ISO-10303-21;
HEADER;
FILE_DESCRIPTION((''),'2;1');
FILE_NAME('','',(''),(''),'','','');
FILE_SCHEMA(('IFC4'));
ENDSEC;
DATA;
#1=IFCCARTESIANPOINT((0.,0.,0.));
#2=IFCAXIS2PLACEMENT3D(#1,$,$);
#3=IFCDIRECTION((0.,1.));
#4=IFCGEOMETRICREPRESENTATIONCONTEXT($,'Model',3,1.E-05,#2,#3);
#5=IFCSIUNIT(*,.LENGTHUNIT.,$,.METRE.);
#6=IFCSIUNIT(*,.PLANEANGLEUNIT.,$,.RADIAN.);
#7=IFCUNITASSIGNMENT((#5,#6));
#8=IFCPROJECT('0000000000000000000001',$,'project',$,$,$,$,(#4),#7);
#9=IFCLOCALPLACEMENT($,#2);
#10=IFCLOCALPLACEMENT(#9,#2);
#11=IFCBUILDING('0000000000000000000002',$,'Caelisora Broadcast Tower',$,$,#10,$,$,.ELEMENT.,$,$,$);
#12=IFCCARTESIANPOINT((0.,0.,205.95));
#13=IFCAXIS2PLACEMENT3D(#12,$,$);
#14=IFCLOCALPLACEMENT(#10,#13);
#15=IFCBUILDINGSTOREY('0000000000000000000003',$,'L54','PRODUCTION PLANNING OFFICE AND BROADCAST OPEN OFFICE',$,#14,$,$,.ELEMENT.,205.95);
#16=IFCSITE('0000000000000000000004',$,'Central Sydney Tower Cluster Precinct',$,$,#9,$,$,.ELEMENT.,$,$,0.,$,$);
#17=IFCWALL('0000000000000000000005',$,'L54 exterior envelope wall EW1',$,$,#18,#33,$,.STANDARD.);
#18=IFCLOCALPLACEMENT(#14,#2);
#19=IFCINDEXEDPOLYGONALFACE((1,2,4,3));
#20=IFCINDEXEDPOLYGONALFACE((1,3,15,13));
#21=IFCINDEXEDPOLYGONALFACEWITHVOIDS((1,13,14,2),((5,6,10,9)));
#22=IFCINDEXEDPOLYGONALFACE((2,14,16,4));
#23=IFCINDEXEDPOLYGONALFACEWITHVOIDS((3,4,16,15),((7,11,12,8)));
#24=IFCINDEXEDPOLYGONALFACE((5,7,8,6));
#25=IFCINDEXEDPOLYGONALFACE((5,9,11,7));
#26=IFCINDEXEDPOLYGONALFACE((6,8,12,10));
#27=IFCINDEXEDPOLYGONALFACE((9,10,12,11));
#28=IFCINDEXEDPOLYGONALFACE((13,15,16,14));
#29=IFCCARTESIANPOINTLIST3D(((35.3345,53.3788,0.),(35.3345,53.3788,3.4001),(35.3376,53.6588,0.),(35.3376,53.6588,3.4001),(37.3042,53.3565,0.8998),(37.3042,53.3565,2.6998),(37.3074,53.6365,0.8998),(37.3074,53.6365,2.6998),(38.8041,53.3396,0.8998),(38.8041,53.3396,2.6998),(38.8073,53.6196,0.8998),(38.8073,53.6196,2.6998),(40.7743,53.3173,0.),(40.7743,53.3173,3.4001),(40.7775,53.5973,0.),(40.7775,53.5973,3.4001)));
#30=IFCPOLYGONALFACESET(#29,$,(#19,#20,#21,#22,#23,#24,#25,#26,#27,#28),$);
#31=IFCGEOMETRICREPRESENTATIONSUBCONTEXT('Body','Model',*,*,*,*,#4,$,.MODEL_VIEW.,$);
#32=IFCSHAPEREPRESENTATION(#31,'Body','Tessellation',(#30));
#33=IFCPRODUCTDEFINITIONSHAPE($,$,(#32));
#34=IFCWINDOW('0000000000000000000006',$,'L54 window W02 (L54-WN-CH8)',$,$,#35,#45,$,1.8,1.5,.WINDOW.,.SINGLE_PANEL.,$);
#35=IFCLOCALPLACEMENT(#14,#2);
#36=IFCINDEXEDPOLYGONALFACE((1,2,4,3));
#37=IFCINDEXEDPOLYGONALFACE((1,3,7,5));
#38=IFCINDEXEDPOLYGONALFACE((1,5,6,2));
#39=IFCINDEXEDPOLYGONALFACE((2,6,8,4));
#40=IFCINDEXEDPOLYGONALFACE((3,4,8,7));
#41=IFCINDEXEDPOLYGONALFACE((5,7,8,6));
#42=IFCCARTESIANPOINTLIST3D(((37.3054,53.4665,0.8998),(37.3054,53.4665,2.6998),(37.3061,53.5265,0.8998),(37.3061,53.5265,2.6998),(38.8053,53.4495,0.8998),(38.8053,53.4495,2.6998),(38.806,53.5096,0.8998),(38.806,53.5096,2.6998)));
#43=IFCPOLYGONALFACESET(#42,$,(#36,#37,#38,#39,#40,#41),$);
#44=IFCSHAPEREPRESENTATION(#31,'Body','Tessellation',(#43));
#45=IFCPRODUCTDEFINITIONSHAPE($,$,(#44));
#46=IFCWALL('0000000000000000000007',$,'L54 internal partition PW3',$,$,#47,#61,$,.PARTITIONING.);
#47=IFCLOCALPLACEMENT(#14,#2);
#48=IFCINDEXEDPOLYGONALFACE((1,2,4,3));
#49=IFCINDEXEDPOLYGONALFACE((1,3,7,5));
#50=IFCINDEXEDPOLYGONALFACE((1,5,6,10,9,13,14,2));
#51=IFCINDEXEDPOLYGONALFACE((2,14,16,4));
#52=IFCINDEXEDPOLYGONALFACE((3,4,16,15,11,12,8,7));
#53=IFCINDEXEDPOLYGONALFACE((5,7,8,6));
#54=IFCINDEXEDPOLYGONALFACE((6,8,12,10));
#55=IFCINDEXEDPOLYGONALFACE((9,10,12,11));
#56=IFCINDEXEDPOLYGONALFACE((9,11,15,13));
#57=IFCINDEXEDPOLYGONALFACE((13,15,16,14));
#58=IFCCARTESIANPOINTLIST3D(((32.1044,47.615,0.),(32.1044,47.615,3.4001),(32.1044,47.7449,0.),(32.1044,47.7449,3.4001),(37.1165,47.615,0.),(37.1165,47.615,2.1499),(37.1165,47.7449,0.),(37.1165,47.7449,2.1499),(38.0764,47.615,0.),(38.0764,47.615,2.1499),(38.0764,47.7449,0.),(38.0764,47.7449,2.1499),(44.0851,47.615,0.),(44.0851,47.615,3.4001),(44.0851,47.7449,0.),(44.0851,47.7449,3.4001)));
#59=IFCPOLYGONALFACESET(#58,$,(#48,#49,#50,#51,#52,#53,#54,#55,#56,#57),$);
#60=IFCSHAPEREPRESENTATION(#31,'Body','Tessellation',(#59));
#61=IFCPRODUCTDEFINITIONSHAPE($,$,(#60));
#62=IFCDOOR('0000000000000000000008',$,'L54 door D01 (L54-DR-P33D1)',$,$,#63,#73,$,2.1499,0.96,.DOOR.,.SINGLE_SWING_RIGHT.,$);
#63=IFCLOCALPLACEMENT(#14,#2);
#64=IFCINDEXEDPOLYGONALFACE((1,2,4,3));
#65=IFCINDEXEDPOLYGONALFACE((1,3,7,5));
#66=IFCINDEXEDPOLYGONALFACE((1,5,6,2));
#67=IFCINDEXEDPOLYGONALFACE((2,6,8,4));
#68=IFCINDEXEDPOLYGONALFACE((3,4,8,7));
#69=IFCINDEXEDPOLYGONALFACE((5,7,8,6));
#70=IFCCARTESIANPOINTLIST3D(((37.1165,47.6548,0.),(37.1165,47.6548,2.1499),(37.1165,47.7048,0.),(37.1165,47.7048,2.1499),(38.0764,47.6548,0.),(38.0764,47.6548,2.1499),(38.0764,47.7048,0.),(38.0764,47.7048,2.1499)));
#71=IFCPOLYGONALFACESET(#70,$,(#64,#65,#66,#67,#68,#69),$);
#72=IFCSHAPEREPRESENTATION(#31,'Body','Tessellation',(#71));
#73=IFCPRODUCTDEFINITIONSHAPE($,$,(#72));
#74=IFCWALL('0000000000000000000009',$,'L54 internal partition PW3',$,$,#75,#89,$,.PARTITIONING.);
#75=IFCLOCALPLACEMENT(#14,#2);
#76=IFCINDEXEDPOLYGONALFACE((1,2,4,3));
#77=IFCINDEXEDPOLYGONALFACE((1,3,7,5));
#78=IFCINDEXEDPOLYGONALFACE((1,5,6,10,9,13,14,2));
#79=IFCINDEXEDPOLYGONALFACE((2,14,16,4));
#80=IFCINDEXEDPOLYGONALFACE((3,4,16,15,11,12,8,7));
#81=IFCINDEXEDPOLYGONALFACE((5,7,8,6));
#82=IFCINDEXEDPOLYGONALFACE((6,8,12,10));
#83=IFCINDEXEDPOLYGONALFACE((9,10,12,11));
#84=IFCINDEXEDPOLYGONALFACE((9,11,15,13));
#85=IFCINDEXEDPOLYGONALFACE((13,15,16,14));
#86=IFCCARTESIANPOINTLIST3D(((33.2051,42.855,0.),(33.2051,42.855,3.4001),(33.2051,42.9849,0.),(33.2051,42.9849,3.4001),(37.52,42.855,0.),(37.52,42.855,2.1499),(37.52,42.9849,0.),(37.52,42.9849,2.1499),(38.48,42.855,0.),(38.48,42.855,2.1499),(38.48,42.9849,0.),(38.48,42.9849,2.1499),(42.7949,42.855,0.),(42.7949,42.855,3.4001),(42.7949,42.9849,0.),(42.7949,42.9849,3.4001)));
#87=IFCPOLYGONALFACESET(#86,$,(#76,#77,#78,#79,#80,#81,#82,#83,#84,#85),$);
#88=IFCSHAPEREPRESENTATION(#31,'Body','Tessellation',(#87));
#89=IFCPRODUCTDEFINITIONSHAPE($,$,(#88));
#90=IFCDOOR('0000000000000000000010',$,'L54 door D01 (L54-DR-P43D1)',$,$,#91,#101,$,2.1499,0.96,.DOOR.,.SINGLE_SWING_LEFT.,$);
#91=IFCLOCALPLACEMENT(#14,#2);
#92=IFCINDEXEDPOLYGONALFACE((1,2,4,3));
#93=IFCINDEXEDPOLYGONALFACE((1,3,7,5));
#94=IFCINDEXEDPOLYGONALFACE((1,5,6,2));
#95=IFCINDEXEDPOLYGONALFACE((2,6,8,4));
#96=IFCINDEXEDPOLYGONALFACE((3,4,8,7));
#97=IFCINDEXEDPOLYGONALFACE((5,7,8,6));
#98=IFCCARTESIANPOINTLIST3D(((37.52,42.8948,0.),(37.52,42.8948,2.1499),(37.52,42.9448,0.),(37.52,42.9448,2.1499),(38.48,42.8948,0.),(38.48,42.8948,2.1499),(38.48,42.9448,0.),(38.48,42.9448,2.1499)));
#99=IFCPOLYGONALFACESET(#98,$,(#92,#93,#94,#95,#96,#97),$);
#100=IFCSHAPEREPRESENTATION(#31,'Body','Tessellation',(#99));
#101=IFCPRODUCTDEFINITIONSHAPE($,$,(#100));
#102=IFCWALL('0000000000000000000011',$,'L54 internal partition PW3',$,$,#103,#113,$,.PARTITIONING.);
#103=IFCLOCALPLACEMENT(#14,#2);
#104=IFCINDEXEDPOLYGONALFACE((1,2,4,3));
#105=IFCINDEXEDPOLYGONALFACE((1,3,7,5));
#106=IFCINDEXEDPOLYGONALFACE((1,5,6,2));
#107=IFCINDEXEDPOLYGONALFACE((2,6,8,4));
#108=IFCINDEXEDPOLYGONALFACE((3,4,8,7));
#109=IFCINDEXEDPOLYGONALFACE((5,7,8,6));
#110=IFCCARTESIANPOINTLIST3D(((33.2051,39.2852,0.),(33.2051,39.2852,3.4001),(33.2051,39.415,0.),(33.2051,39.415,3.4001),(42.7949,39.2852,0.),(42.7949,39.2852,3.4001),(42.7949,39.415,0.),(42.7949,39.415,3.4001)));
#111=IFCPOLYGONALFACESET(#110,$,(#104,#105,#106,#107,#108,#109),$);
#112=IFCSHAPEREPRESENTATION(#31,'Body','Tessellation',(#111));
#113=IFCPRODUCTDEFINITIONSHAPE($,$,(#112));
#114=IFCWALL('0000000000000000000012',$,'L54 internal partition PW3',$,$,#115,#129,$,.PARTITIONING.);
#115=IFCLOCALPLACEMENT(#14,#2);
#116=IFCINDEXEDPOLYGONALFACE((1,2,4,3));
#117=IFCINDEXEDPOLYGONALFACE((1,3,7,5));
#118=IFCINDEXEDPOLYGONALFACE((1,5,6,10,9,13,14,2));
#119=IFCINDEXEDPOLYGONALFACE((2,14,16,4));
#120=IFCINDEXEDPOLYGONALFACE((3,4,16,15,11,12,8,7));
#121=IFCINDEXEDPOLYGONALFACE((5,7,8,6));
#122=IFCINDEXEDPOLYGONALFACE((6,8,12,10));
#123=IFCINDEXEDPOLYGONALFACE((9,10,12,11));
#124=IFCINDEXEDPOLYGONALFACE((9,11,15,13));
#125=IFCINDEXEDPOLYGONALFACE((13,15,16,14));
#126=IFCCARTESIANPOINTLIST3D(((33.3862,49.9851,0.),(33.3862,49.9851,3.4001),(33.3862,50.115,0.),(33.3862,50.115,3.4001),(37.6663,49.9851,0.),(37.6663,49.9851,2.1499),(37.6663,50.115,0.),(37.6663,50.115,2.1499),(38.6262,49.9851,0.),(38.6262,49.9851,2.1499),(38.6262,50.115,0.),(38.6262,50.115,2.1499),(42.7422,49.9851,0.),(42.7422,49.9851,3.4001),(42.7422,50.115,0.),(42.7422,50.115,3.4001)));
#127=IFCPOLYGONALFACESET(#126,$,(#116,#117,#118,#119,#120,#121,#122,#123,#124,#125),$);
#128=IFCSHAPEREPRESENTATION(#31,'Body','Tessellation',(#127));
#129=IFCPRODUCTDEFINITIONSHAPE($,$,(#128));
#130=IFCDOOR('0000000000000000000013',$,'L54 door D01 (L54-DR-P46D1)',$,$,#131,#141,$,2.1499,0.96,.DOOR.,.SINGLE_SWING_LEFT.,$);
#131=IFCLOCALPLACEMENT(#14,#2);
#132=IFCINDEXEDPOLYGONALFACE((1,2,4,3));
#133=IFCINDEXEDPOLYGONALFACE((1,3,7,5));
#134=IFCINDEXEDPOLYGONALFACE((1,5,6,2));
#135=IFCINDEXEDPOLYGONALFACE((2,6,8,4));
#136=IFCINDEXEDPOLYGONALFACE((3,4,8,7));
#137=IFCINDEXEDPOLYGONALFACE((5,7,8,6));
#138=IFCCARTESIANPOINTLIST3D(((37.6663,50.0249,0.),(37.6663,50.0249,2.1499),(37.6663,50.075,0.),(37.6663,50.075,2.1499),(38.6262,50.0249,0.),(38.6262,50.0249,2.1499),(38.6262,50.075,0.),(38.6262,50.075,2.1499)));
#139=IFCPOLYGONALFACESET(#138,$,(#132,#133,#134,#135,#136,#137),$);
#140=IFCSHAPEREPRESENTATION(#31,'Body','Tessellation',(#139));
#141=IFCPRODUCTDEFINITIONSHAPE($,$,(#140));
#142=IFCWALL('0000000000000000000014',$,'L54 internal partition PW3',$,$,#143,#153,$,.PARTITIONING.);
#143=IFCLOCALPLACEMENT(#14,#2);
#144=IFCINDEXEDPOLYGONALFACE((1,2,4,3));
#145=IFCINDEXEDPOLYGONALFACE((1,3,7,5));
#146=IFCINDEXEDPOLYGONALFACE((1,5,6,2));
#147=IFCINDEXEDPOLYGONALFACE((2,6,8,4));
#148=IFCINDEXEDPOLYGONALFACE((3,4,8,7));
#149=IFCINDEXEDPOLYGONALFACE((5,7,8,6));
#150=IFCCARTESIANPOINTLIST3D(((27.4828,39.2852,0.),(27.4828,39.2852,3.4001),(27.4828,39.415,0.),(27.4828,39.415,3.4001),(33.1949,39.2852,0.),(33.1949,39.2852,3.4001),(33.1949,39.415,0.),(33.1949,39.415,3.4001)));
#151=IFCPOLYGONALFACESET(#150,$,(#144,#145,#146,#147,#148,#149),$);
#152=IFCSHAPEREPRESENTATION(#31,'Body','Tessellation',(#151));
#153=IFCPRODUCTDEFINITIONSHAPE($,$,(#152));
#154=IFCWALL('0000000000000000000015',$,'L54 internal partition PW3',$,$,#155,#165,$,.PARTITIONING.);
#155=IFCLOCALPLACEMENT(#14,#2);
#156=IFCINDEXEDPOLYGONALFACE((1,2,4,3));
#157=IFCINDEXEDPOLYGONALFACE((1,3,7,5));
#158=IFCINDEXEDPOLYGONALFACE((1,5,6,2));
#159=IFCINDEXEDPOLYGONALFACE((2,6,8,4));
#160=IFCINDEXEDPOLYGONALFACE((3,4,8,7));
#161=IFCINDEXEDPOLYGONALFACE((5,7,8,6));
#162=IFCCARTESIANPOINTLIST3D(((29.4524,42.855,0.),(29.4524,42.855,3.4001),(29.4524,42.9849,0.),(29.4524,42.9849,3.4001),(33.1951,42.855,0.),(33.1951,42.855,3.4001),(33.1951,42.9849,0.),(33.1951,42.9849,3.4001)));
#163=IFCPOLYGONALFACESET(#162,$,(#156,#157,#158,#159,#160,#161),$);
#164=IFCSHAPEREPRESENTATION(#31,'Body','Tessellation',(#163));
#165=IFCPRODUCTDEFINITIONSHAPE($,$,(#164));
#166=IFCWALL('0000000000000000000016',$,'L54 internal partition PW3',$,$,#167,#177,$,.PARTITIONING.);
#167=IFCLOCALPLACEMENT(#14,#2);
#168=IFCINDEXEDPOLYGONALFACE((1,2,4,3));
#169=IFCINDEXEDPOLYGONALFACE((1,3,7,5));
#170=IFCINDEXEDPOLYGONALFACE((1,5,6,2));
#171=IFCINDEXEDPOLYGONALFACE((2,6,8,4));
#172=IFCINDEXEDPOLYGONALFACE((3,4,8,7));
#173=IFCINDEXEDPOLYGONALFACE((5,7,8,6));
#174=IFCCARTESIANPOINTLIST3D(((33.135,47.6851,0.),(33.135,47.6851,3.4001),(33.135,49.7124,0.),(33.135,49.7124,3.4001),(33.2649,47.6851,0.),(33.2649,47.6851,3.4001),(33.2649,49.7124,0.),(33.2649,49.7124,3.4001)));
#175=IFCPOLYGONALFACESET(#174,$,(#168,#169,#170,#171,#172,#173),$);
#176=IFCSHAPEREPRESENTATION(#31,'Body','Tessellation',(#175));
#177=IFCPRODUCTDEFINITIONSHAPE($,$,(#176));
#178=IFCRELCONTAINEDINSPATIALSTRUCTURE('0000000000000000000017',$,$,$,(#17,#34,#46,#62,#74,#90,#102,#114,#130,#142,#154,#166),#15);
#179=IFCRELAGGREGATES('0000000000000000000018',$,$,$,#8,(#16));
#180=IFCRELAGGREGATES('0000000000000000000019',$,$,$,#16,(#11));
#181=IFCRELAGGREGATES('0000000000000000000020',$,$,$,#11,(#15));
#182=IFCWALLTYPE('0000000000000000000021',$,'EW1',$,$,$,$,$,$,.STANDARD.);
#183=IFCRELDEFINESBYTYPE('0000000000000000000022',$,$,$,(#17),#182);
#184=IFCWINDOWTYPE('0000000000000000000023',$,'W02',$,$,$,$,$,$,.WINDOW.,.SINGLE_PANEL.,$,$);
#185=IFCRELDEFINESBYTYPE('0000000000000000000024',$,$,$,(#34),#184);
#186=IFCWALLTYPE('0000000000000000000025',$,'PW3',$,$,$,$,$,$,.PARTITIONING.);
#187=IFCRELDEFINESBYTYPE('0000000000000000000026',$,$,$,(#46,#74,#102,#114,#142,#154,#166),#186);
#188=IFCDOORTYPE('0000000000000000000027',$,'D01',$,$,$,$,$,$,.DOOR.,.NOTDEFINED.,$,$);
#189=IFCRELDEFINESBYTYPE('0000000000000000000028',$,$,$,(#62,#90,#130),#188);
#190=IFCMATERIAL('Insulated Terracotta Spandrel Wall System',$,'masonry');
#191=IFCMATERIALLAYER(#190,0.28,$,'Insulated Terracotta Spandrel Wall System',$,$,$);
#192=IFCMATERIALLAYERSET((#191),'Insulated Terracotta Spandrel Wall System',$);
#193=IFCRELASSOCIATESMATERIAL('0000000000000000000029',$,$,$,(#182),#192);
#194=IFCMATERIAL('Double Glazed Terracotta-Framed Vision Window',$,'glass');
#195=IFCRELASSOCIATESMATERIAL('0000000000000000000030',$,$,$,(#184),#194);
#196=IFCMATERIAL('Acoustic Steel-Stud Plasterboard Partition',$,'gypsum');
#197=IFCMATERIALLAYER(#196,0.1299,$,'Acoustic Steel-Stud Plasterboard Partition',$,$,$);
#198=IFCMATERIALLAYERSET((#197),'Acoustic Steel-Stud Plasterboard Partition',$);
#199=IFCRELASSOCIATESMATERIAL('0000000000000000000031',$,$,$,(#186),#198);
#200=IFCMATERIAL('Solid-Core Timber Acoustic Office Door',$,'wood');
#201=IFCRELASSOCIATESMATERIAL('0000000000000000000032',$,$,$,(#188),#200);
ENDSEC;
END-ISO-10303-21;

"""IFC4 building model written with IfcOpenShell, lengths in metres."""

from ifc_helpers import new_model, si_unit, direction, frame, frame_2d, origin, place, context, subcontext, project, spatial, rectangle, extrude, material, layer, layer_set, type_object, element, fill, save


model = new_model("IFC4")

# Units and contexts
model_context = context("Model", 3, precision=1e-05, world=origin(), true_north=direction((0.0, 1.0)))
body_context = subcontext(model_context, "Body", "Model", "MODEL_VIEW")
ifc_project = project(units=[si_unit("LENGTHUNIT", "METRE"), si_unit("PLANEANGLEUNIT", "RADIAN")], contexts=[model_context])

# Site, building, storey
site_placement = place(None, origin())
site = spatial("IfcSite", under=ifc_project, at=site_placement, Name="Central Sydney Tower Cluster Precinct", CompositionType="ELEMENT", RefElevation=0.0)
building_placement = place(site_placement, origin())
building = spatial("IfcBuilding", under=site, at=building_placement, Name="Caelisora Broadcast Tower", CompositionType="ELEMENT")
storey_placement = place(building_placement, frame((0.0, 0.0, 205.95)))
storey = spatial("IfcBuildingStorey", under=building, at=storey_placement, Name="L54", Description="PRODUCTION PLANNING OFFICE AND BROADCAST OPEN OFFICE", CompositionType="ELEMENT", Elevation=205.95)

# Wall, opening, window
ifc_material_1 = material(Name="Insulated Terracotta Spandrel Wall System", Category="masonry")
ifc_layer_1 = layer(ifc_material_1, 0.28, Name="Insulated Terracotta Spandrel Wall System")
ifc_layer_set_1 = layer_set([ifc_layer_1], Name="Insulated Terracotta Spandrel Wall System")
wall_type_1 = type_object("IfcWallType", Name="EW1", PredefinedType="STANDARD", material=ifc_layer_set_1)
wall_1_placement = place(storey_placement, frame((35.3359, 53.5188, 0.0), z_axis=(0.0, 0.0, 1.0), x_axis=(0.999936, -0.011309, 0.0)))
wall_1 = element("IfcWall", 1, at=wall_1_placement, inside=storey, type_object=wall_type_1, Name="L54 exterior envelope wall EW1", PredefinedType="STANDARD", context=body_context, shape_type="SweptSolid", body=[
    extrude(rectangle(XDim=5.4402, YDim=0.28, at=frame_2d((2.7202, 0.0))), origin(), (0.0, 0.0, 1.0), 3.4001),
])
opening_1_placement = place(wall_1_placement, frame((1.97, 0.0, 0.8999)))
opening_1 = element("IfcOpeningElement", 2, at=opening_1_placement, cuts=wall_1, PredefinedType="OPENING", context=body_context, shape_type="SweptSolid", body=[
    extrude(rectangle(XDim=1.5, YDim=1.8, at=frame_2d((0.75, 0.8999))), frame((0.0, 0.1521, 0.0), z_axis=(0.0, -1.0, 0.0), x_axis=(1.0, 0.0, 0.0)), (0.0, 0.0, 1.0), 0.304),
])
ifc_material_2 = material(Name="Double Glazed Terracotta-Framed Vision Window", Category="glass")
window_type = type_object("IfcWindowType", Name="W02", PartitioningType="SINGLE_PANEL", PredefinedType="WINDOW", material=ifc_material_2)
window_placement = place(opening_1_placement, origin())
window = element("IfcWindow", 3, at=window_placement, inside=storey, type_object=window_type, Name="L54 window W02 (L54-WN-CH8)", OverallHeight=1.8, OverallWidth=1.5, PartitioningType="SINGLE_PANEL", PredefinedType="WINDOW", context=body_context, shape_type="SweptSolid", body=[
    extrude(rectangle(XDim=1.5, YDim=1.8, at=frame_2d((0.75, 0.8999))), frame((0.0, 0.03, 0.0), z_axis=(0.0, -1.0, 0.0), x_axis=(1.0, 0.0, 0.0)), (0.0, 0.0, 1.0), 0.0601),
])
fill(opening_1, window)

# Walls, openings, doors
ifc_material_3 = material(Name="Acoustic Steel-Stud Plasterboard Partition", Category="gypsum")
ifc_layer_2 = layer(ifc_material_3, 0.1299, Name="Acoustic Steel-Stud Plasterboard Partition")
ifc_layer_set_2 = layer_set([ifc_layer_2], Name="Acoustic Steel-Stud Plasterboard Partition")
wall_type_2 = type_object("IfcWallType", Name="PW3", PredefinedType="PARTITIONING", material=ifc_layer_set_2)
wall_2_placement = place(storey_placement, frame((32.1045, 47.6799, 0.0), z_axis=(0.0, 0.0, 1.0), x_axis=(1.0, 0.0, 0.0)))
wall_2 = element("IfcWall", 4, at=wall_2_placement, inside=storey, type_object=wall_type_2, Name="L54 internal partition PW3", PredefinedType="PARTITIONING", context=body_context, shape_type="SweptSolid", body=[
    extrude(rectangle(XDim=11.9807, YDim=0.1299, at=frame_2d((5.9902, 0.0))), origin(), (0.0, 0.0, 1.0), 3.4001),
])
opening_2_placement = place(wall_2_placement, frame((5.012, 0.0, 0.0)))
opening_2 = element("IfcOpeningElement", 5, at=opening_2_placement, cuts=wall_2, PredefinedType="OPENING", context=body_context, shape_type="SweptSolid", body=[
    extrude(rectangle(XDim=0.96, YDim=2.1499, at=frame_2d((0.48, 1.075))), frame((0.0, 0.0769, 0.0), z_axis=(0.0, -1.0, 0.0), x_axis=(1.0, 0.0, 0.0)), (0.0, 0.0, 1.0), 0.1538),
])
ifc_material_4 = material(Name="Solid-Core Timber Acoustic Office Door", Category="wood")
door_type = type_object("IfcDoorType", Name="D01", OperationType="NOTDEFINED", PredefinedType="DOOR", material=ifc_material_4)
door_1_placement = place(opening_2_placement, origin())
door_1 = element("IfcDoor", 6, at=door_1_placement, inside=storey, type_object=door_type, Name="L54 door D01 (L54-DR-P33D1)", OperationType="SINGLE_SWING_RIGHT", OverallHeight=2.1499, OverallWidth=0.96, PredefinedType="DOOR", context=body_context, shape_type="SweptSolid", body=[
    extrude(rectangle(XDim=0.96, YDim=2.1499, at=frame_2d((0.48, 1.075))), frame((0.0, 0.0249, 0.0), z_axis=(0.0, -1.0, 0.0), x_axis=(1.0, 0.0, 0.0)), (0.0, 0.0, 1.0), 0.05),
])
fill(opening_2, door_1)
wall_3_placement = place(storey_placement, frame((33.2051, 42.9199, 0.0), z_axis=(0.0, 0.0, 1.0), x_axis=(1.0, 0.0, 0.0)))
wall_3 = element("IfcWall", 7, at=wall_3_placement, inside=storey, type_object=wall_type_2, Name="L54 internal partition PW3", PredefinedType="PARTITIONING", context=body_context, shape_type="SweptSolid", body=[
    extrude(rectangle(XDim=9.5898, YDim=0.1299, at=frame_2d((4.7949, 0.0))), origin(), (0.0, 0.0, 1.0), 3.4001),
])
opening_3_placement = place(wall_3_placement, frame((4.3149, 0.0, 0.0)))
opening_3 = element("IfcOpeningElement", 8, at=opening_3_placement, cuts=wall_3, PredefinedType="OPENING", context=body_context, shape_type="SweptSolid", body=[
    extrude(rectangle(XDim=0.96, YDim=2.1499, at=frame_2d((0.48, 1.075))), frame((0.0, 0.0769, 0.0), z_axis=(0.0, -1.0, 0.0), x_axis=(1.0, 0.0, 0.0)), (0.0, 0.0, 1.0), 0.1538),
])
door_2_placement = place(opening_3_placement, origin())
door_2 = element("IfcDoor", 9, at=door_2_placement, inside=storey, type_object=door_type, Name="L54 door D01 (L54-DR-P43D1)", OperationType="SINGLE_SWING_LEFT", OverallHeight=2.1499, OverallWidth=0.96, PredefinedType="DOOR", context=body_context, shape_type="SweptSolid", body=[
    extrude(rectangle(XDim=0.96, YDim=2.1499, at=frame_2d((0.48, 1.075))), frame((0.0, 0.0249, 0.0), z_axis=(0.0, -1.0, 0.0), x_axis=(1.0, 0.0, 0.0)), (0.0, 0.0, 1.0), 0.05),
])
fill(opening_3, door_2)

# Wall
wall_4_placement = place(storey_placement, frame((33.2051, 39.3501, 0.0), z_axis=(0.0, 0.0, 1.0), x_axis=(1.0, 0.0, 0.0)))
element("IfcWall", 10, at=wall_4_placement, inside=storey, type_object=wall_type_2, Name="L54 internal partition PW3", PredefinedType="PARTITIONING", context=body_context, shape_type="SweptSolid", body=[
    extrude(rectangle(XDim=9.5898, YDim=0.1299, at=frame_2d((4.7949, 0.0))), origin(), (0.0, 0.0, 1.0), 3.4001),
])

# Wall, opening, door
wall_5_placement = place(storey_placement, frame((33.3862, 50.05, 0.0), z_axis=(0.0, 0.0, 1.0), x_axis=(1.0, 0.0, 0.0)))
wall_5 = element("IfcWall", 11, at=wall_5_placement, inside=storey, type_object=wall_type_2, Name="L54 internal partition PW3", PredefinedType="PARTITIONING", context=body_context, shape_type="SweptSolid", body=[
    extrude(rectangle(XDim=9.356, YDim=0.1299, at=frame_2d((4.678, 0.0))), origin(), (0.0, 0.0, 1.0), 3.4001),
])
opening_4_placement = place(wall_5_placement, frame((4.28, 0.0, 0.0)))
opening_4 = element("IfcOpeningElement", 12, at=opening_4_placement, cuts=wall_5, PredefinedType="OPENING", context=body_context, shape_type="SweptSolid", body=[
    extrude(rectangle(XDim=0.96, YDim=2.1499, at=frame_2d((0.48, 1.075))), frame((0.0, 0.0769, 0.0), z_axis=(0.0, -1.0, 0.0), x_axis=(1.0, 0.0, 0.0)), (0.0, 0.0, 1.0), 0.1538),
])
door_3_placement = place(opening_4_placement, origin())
door_3 = element("IfcDoor", 13, at=door_3_placement, inside=storey, type_object=door_type, Name="L54 door D01 (L54-DR-P46D1)", OperationType="SINGLE_SWING_LEFT", OverallHeight=2.1499, OverallWidth=0.96, PredefinedType="DOOR", context=body_context, shape_type="SweptSolid", body=[
    extrude(rectangle(XDim=0.96, YDim=2.1499, at=frame_2d((0.48, 1.075))), frame((0.0, 0.0249, 0.0), z_axis=(0.0, -1.0, 0.0), x_axis=(1.0, 0.0, 0.0)), (0.0, 0.0, 1.0), 0.05),
])
fill(opening_4, door_3)

# Walls
wall_6_placement = place(storey_placement, frame((27.4829, 39.3501, 0.0), z_axis=(0.0, 0.0, 1.0), x_axis=(1.0, 0.0, 0.0)))
element("IfcWall", 14, at=wall_6_placement, inside=storey, type_object=wall_type_2, Name="L54 internal partition PW3", PredefinedType="PARTITIONING", context=body_context, shape_type="SweptSolid", body=[
    extrude(rectangle(XDim=5.7122, YDim=0.1299, at=frame_2d((2.856, 0.0))), origin(), (0.0, 0.0, 1.0), 3.4001),
])
wall_7_placement = place(storey_placement, frame((29.4524, 42.9199, 0.0), z_axis=(0.0, 0.0, 1.0), x_axis=(1.0, 0.0, 0.0)))
element("IfcWall", 15, at=wall_7_placement, inside=storey, type_object=wall_type_2, Name="L54 internal partition PW3", PredefinedType="PARTITIONING", context=body_context, shape_type="SweptSolid", body=[
    extrude(rectangle(XDim=3.7427, YDim=0.1299, at=frame_2d((1.8713, 0.0))), origin(), (0.0, 0.0, 1.0), 3.4001),
])

# Wall
wall_8_placement = place(storey_placement, frame((33.2, 47.6851, 0.0), z_axis=(0.0, 0.0, 1.0), x_axis=(0.0, 1.0, 0.0)))
element("IfcWall", 16, at=wall_8_placement, inside=storey, type_object=wall_type_2, Name="L54 internal partition PW3", PredefinedType="PARTITIONING", context=body_context, shape_type="SweptSolid", body=[
    extrude(rectangle(XDim=2.0273, YDim=0.1299, at=frame_2d((1.0137, 0.0))), origin(), (0.0, 0.0, 1.0), 3.4001),
])

save(model, "model.ifc")
